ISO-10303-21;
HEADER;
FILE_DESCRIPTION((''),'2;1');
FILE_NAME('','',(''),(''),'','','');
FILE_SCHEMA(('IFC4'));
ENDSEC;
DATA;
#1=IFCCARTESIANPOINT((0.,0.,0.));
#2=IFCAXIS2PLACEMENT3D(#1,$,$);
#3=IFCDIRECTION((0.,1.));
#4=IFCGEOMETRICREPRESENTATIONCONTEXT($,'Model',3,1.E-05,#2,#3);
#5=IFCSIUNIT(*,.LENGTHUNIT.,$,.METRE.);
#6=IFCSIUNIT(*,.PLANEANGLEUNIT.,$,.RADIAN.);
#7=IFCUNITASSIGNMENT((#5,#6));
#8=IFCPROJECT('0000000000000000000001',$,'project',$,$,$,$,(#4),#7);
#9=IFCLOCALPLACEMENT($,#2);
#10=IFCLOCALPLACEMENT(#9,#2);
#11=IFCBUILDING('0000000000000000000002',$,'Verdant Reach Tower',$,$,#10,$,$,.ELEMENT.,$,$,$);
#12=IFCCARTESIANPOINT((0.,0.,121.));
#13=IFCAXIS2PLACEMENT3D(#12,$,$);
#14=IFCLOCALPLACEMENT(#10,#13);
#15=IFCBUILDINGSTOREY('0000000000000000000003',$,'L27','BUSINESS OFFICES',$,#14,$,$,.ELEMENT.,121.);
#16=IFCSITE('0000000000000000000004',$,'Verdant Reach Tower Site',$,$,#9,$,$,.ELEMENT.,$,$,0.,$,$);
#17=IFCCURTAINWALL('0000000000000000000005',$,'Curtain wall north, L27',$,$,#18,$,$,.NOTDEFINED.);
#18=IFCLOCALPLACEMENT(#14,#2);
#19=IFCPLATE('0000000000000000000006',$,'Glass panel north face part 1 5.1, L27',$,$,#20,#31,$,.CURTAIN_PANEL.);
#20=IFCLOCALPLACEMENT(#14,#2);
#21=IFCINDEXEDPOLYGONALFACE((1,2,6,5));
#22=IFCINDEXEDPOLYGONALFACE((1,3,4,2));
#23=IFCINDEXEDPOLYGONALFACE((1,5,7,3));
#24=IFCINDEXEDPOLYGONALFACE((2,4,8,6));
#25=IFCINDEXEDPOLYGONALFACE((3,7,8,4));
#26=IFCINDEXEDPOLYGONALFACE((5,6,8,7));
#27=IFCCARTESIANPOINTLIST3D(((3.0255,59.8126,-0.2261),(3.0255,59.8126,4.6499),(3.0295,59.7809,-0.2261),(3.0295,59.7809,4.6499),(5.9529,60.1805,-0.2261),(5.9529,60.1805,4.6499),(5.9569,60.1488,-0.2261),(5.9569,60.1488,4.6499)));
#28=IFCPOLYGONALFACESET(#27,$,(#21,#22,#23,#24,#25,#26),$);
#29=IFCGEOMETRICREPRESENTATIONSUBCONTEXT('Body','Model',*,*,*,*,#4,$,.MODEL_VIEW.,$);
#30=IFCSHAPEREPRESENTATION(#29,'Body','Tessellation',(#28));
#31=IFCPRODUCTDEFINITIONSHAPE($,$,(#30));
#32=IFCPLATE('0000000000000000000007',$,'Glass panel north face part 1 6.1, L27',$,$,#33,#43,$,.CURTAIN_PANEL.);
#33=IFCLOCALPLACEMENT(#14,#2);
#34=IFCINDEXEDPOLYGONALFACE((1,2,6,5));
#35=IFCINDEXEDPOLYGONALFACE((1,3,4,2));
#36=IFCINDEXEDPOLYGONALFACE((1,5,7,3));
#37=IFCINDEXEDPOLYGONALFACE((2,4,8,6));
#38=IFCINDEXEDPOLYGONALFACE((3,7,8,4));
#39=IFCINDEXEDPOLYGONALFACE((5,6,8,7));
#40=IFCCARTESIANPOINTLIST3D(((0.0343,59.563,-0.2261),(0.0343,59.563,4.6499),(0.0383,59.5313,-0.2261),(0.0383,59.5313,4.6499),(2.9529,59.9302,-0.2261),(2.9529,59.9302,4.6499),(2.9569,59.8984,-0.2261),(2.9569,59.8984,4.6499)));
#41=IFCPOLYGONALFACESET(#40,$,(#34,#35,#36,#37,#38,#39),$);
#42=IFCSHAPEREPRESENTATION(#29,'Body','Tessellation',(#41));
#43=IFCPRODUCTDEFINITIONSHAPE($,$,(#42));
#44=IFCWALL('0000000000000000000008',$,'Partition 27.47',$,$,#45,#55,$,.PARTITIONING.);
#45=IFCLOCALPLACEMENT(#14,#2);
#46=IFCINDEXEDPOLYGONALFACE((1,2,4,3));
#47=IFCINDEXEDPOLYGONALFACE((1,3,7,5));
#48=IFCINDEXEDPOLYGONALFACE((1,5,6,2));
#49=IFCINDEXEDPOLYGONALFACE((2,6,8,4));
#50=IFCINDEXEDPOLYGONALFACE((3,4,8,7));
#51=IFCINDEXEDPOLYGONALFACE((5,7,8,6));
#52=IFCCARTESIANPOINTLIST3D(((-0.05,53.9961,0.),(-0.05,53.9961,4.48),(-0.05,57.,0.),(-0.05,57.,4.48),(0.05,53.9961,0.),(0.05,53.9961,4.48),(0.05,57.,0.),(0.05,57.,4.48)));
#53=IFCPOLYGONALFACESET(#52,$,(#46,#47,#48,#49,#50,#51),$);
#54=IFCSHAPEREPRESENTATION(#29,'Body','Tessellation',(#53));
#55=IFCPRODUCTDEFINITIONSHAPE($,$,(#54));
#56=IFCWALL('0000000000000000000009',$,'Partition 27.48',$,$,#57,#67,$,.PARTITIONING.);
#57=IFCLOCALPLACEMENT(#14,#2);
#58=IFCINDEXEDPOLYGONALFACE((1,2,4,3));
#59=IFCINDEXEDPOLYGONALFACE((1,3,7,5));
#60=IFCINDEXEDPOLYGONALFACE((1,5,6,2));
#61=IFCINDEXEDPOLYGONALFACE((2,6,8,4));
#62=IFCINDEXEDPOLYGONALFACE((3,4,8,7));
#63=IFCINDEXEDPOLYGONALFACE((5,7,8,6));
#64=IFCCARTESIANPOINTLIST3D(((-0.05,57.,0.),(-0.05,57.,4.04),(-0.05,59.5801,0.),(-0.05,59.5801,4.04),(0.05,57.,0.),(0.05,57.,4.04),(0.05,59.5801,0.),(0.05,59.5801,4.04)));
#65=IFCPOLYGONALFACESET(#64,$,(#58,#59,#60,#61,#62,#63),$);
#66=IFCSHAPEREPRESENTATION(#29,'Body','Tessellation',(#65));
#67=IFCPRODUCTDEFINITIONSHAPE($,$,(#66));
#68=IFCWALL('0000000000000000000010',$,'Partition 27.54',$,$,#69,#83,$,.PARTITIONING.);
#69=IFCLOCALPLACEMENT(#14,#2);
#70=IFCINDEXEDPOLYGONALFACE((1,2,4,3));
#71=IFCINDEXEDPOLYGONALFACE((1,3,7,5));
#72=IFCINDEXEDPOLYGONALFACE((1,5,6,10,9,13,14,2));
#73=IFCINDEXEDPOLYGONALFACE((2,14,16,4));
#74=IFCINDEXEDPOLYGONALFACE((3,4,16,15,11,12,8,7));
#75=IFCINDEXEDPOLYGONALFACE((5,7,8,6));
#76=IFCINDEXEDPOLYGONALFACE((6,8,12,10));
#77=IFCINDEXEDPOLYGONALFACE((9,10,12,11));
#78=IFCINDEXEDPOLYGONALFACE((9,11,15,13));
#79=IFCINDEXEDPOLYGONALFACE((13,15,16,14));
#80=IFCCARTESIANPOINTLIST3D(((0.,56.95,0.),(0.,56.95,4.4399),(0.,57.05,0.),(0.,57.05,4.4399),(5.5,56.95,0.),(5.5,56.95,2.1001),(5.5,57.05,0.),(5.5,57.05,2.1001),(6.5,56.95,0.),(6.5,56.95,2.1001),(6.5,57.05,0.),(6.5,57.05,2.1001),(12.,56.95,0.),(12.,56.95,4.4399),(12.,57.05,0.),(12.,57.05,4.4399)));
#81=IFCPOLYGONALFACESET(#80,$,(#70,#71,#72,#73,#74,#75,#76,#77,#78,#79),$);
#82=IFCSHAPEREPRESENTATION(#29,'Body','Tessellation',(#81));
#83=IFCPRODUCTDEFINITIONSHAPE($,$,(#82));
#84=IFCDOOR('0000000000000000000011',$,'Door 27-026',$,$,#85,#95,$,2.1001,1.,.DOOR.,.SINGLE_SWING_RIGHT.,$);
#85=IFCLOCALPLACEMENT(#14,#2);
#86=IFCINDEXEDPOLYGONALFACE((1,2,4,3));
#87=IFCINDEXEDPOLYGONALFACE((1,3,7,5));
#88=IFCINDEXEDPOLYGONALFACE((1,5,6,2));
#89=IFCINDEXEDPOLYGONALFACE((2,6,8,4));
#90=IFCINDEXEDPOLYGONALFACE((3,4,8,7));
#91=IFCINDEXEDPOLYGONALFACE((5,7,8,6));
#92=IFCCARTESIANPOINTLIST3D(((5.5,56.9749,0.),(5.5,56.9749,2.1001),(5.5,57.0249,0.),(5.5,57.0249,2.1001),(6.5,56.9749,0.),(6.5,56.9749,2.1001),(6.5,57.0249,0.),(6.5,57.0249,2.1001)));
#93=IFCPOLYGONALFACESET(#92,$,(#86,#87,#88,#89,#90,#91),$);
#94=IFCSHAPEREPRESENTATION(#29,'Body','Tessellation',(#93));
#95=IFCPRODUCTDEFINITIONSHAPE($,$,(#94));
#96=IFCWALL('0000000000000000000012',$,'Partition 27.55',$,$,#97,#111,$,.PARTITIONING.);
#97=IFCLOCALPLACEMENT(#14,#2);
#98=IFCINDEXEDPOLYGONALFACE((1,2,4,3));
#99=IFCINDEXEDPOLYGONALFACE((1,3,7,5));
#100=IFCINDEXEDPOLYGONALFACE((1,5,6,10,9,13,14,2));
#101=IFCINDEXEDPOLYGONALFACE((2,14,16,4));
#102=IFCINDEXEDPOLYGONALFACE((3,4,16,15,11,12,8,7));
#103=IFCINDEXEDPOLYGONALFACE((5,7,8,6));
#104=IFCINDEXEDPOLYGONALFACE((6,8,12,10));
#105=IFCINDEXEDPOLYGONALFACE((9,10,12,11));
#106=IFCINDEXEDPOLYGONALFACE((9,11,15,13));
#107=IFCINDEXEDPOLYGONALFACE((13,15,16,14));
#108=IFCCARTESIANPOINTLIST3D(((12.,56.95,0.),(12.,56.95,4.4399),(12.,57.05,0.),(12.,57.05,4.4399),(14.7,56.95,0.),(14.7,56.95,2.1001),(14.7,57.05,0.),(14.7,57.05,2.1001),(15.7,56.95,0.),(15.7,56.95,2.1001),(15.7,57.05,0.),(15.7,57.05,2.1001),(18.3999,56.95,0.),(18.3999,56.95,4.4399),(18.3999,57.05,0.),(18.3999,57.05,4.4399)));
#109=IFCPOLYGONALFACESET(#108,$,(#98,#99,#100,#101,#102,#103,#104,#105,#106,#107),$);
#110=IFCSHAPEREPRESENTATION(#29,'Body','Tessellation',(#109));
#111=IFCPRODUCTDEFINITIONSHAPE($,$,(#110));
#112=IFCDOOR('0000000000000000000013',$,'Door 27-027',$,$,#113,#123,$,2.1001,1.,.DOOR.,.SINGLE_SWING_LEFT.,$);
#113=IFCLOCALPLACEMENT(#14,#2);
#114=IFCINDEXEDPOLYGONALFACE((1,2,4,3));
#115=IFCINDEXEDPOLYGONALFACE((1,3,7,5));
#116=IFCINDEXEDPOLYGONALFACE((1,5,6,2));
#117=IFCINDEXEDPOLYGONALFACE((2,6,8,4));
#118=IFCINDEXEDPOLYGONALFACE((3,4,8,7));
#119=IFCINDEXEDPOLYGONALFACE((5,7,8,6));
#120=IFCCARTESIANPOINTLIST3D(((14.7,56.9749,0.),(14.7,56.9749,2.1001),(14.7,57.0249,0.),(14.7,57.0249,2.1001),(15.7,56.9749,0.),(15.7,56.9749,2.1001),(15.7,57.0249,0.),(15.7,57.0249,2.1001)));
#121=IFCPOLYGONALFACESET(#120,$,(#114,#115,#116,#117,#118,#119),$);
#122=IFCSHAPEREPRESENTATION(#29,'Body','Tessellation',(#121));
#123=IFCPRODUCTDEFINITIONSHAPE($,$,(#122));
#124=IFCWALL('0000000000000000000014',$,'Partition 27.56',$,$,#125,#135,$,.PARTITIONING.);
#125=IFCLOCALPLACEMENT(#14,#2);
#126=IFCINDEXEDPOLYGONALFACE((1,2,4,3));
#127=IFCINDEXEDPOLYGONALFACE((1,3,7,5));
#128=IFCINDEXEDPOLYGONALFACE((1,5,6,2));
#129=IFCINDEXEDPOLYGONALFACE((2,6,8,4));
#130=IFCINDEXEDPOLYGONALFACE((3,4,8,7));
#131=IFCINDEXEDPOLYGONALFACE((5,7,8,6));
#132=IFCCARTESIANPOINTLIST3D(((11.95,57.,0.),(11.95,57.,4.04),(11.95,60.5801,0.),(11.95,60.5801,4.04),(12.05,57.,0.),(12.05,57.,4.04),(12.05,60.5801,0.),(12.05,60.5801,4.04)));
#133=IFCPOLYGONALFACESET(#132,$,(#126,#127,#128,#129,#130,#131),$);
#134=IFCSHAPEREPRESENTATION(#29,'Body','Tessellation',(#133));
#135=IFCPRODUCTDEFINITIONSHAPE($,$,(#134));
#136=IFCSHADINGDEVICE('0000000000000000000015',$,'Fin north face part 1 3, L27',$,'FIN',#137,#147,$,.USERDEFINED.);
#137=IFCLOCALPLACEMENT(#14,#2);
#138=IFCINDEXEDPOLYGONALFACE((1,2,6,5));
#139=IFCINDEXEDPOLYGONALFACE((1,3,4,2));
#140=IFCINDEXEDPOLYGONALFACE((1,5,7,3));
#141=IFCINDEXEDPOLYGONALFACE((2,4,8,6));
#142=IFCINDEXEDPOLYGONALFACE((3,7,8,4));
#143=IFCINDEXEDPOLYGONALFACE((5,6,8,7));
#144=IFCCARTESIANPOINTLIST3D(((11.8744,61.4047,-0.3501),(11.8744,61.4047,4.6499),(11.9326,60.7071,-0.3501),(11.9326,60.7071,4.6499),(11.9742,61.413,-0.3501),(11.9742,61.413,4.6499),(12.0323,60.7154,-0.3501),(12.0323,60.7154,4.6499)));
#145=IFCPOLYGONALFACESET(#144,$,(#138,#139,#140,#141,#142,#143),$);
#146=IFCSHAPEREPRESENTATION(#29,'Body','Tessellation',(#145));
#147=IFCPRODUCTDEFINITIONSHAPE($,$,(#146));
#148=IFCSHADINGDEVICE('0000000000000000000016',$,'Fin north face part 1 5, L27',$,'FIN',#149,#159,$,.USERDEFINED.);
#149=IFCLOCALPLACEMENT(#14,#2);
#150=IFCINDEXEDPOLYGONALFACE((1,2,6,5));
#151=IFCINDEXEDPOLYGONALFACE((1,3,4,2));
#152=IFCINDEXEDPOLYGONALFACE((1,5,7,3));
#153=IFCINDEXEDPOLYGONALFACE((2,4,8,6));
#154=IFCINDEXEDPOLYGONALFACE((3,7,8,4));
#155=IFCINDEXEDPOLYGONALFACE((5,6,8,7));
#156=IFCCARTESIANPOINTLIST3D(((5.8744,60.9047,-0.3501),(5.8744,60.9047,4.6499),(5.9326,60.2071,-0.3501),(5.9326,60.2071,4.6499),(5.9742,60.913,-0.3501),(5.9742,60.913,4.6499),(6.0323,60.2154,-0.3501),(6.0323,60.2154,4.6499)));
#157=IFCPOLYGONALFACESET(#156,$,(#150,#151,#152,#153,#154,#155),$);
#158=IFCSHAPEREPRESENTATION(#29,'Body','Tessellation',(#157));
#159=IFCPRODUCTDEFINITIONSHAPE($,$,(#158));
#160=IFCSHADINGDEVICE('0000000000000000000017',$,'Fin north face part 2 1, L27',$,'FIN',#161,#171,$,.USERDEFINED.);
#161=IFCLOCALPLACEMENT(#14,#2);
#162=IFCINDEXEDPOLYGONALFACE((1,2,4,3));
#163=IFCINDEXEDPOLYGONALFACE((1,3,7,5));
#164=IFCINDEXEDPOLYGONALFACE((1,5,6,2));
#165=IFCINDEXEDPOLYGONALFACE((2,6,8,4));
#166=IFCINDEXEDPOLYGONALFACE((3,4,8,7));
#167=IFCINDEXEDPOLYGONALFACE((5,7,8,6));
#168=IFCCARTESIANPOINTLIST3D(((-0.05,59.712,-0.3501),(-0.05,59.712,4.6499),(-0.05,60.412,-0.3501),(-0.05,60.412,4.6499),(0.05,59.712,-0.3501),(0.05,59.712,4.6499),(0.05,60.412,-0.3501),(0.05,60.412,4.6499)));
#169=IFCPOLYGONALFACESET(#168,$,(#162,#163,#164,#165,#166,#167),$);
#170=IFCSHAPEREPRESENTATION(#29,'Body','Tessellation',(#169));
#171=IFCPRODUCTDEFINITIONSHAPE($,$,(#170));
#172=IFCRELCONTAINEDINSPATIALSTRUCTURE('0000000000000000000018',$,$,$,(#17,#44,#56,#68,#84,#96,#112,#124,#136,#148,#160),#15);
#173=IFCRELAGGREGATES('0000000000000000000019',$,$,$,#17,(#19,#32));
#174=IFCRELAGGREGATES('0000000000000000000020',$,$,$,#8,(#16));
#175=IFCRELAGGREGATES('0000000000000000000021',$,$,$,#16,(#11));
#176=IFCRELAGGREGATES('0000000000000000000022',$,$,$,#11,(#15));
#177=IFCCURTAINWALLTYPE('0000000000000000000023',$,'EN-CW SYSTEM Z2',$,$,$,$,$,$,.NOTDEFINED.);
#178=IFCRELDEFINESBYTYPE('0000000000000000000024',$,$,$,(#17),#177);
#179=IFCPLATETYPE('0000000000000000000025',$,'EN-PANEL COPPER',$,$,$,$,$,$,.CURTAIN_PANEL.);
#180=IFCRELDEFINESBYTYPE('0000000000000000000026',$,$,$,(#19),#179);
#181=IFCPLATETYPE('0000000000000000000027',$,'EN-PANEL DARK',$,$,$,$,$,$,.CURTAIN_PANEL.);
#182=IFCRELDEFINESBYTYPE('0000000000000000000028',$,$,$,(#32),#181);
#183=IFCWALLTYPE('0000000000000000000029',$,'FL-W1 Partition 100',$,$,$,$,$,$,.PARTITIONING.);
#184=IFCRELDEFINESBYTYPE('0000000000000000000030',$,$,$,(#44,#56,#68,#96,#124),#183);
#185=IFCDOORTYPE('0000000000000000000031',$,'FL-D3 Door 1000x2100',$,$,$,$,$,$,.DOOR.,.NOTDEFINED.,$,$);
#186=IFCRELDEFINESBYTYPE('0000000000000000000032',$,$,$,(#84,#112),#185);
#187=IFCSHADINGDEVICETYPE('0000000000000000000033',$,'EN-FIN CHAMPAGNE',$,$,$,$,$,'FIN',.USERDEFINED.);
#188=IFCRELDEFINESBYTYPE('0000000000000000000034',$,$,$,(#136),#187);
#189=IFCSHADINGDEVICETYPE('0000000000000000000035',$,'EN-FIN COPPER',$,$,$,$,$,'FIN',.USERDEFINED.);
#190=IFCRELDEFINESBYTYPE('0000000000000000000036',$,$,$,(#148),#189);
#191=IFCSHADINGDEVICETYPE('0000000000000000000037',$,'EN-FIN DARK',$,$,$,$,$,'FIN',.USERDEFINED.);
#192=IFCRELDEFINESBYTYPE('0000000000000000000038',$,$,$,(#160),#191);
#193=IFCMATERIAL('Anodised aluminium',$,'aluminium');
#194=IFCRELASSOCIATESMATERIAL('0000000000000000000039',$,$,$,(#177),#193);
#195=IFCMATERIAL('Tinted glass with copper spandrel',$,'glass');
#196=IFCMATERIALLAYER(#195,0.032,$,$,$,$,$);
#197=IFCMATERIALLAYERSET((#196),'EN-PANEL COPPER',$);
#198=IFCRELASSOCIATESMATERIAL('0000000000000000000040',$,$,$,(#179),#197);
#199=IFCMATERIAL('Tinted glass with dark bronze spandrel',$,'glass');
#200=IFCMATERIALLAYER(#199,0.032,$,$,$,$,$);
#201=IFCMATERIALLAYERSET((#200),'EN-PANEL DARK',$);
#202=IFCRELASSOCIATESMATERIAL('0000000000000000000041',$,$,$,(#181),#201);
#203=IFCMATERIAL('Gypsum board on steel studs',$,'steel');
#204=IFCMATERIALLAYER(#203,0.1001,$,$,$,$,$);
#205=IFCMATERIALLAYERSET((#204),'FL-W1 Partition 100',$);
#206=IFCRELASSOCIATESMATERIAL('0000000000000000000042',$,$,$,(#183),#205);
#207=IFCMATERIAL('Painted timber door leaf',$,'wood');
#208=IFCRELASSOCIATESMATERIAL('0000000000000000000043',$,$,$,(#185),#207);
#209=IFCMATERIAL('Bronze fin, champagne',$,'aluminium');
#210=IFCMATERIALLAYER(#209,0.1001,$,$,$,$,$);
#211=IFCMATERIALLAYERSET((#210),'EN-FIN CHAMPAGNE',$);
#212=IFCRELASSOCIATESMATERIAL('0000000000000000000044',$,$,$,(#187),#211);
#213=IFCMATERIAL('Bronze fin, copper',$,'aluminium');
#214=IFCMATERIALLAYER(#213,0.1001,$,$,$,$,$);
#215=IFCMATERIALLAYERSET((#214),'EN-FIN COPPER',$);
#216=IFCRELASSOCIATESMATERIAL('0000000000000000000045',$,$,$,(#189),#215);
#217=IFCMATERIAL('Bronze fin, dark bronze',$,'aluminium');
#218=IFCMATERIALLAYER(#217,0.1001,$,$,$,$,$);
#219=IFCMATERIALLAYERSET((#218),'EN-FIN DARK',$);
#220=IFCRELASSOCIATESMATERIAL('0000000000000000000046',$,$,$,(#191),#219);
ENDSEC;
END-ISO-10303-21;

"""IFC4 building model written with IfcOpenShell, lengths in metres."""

from ifc_helpers import new_model, si_unit, direction, frame, frame_2d, origin, origin_2d, place, context, subcontext, project, spatial, rectangle, extrude, material, layer, layer_set, type_object, element, fill, aggregate, save


model = new_model("IFC4")

# Units and contexts
model_context = context("Model", 3, precision=1e-05, world=origin(), true_north=direction((0.0, 1.0)))
body_context = subcontext(model_context, "Body", "Model", "MODEL_VIEW")
ifc_project = project(units=[si_unit("LENGTHUNIT", "METRE"), si_unit("PLANEANGLEUNIT", "RADIAN")], contexts=[model_context])

# Site, building, storey
site_placement = place(None, origin())
site = spatial("IfcSite", under=ifc_project, at=site_placement, Name="Verdant Reach Tower Site", CompositionType="ELEMENT", RefElevation=0.0)
building_placement = place(site_placement, origin())
building = spatial("IfcBuilding", under=site, at=building_placement, Name="Verdant Reach Tower", CompositionType="ELEMENT")
storey_placement = place(building_placement, frame((0.0, 0.0, 121.0)))
storey = spatial("IfcBuildingStorey", under=building, at=storey_placement, Name="L27", Description="BUSINESS OFFICES", CompositionType="ELEMENT", Elevation=121.0)

# Curtain wall
ifc_material_1 = material(Name="Anodised aluminium", Category="aluminium")
curtain_wall_type = type_object("IfcCurtainWallType", Name="EN-CW SYSTEM Z2", PredefinedType="NOTDEFINED", material=ifc_material_1)
curtain_wall_placement = place(storey_placement, origin())
curtain_wall = element("IfcCurtainWall", 1, at=curtain_wall_placement, inside=storey, type_object=curtain_wall_type, Name="Curtain wall north, L27", PredefinedType="NOTDEFINED")

# Plates
ifc_material_2 = material(Name="Tinted glass with copper spandrel", Category="glass")
ifc_layer_1 = layer(ifc_material_2, 0.032)
ifc_layer_set_1 = layer_set([ifc_layer_1], Name="EN-PANEL COPPER")
plate_type_1 = type_object("IfcPlateType", Name="EN-PANEL COPPER", PredefinedType="CURTAIN_PANEL", material=ifc_layer_set_1)
plate_1_placement = place(storey_placement, frame((4.4912, 59.9807, -0.2261), z_axis=(0.0, 0.0, 1.0), x_axis=(-0.992194, -0.124704, 0.0)))
plate_1 = element("IfcPlate", 2, at=plate_1_placement, type_object=plate_type_1, Name="Glass panel north face part 1 5.1, L27", PredefinedType="CURTAIN_PANEL", context=body_context, shape_type="SweptSolid", body=[
    extrude(rectangle(XDim=2.9504, YDim=0.032, at=origin_2d()), origin(), (0.0, 0.0, 1.0), 4.876),
])
ifc_material_3 = material(Name="Tinted glass with dark bronze spandrel", Category="glass")
ifc_layer_2 = layer(ifc_material_3, 0.032)
ifc_layer_set_2 = layer_set([ifc_layer_2], Name="EN-PANEL DARK")
plate_type_2 = type_object("IfcPlateType", Name="EN-PANEL DARK", PredefinedType="CURTAIN_PANEL", material=ifc_layer_set_2)
plate_2_placement = place(storey_placement, frame((1.4956, 59.7307, -0.2261), z_axis=(0.0, 0.0, 1.0), x_axis=(-0.992179, -0.124825, 0.0)))
plate_2 = element("IfcPlate", 3, at=plate_2_placement, type_object=plate_type_2, Name="Glass panel north face part 1 6.1, L27", PredefinedType="CURTAIN_PANEL", context=body_context, shape_type="SweptSolid", body=[
    extrude(rectangle(XDim=2.9417, YDim=0.032, at=origin_2d()), origin(), (0.0, 0.0, 1.0), 4.876),
])
aggregate(curtain_wall, [plate_1, plate_2])

# Walls
ifc_material_4 = material(Name="Gypsum board on steel studs", Category="steel")
ifc_layer_3 = layer(ifc_material_4, 0.1001)
ifc_layer_set_3 = layer_set([ifc_layer_3], Name="FL-W1 Partition 100")
wall_type = type_object("IfcWallType", Name="FL-W1 Partition 100", PredefinedType="PARTITIONING", material=ifc_layer_set_3)
wall_1_placement = place(storey_placement, frame((0.0, 53.9961, 0.0), z_axis=(0.0, 0.0, 1.0), x_axis=(0.0, 1.0, 0.0)))
element("IfcWall", 4, at=wall_1_placement, inside=storey, type_object=wall_type, Name="Partition 27.47", PredefinedType="PARTITIONING", context=body_context, shape_type="SweptSolid", body=[
    extrude(rectangle(XDim=3.0039, YDim=0.1001, at=frame_2d((1.502, 0.0))), origin(), (0.0, 0.0, 1.0), 4.48),
])
wall_2_placement = place(storey_placement, frame((0.0, 57.0, 0.0), z_axis=(0.0, 0.0, 1.0), x_axis=(0.0, 1.0, 0.0)))
element("IfcWall", 5, at=wall_2_placement, inside=storey, type_object=wall_type, Name="Partition 27.48", PredefinedType="PARTITIONING", context=body_context, shape_type="SweptSolid", body=[
    extrude(rectangle(XDim=2.5801, YDim=0.1001, at=frame_2d((1.29, 0.0))), origin(), (0.0, 0.0, 1.0), 4.04),
])

# Walls, openings, doors
wall_3_placement = place(storey_placement, frame((0.0, 57.0, 0.0), z_axis=(0.0, 0.0, 1.0), x_axis=(1.0, 0.0, 0.0)))
wall_3 = element("IfcWall", 6, at=wall_3_placement, inside=storey, type_object=wall_type, Name="Partition 27.54", PredefinedType="PARTITIONING", context=body_context, shape_type="SweptSolid", body=[
    extrude(rectangle(XDim=12.0, YDim=0.1001, at=frame_2d((6.0, 0.0))), origin(), (0.0, 0.0, 1.0), 4.4399),
])
opening_1_placement = place(wall_3_placement, frame((5.5, 0.0, 0.0)))
opening_1 = element("IfcOpeningElement", 7, at=opening_1_placement, cuts=wall_3, PredefinedType="OPENING", context=body_context, shape_type="SweptSolid", body=[
    extrude(rectangle(XDim=1.0, YDim=2.1001, at=frame_2d((0.5, 1.05))), frame((0.0, 0.0601, 0.0), z_axis=(0.0, -1.0, 0.0), x_axis=(1.0, 0.0, 0.0)), (0.0, 0.0, 1.0), 0.1201),
])
ifc_material_5 = material(Name="Painted timber door leaf", Category="wood")
door_type = type_object("IfcDoorType", Name="FL-D3 Door 1000x2100", OperationType="NOTDEFINED", PredefinedType="DOOR", material=ifc_material_5)
door_1_placement = place(opening_1_placement, origin())
door_1 = element("IfcDoor", 8, at=door_1_placement, inside=storey, type_object=door_type, Name="Door 27-026", OperationType="SINGLE_SWING_RIGHT", OverallHeight=2.1001, OverallWidth=1.0, PredefinedType="DOOR", context=body_context, shape_type="SweptSolid", body=[
    extrude(rectangle(XDim=1.0, YDim=2.1001, at=frame_2d((0.5, 1.05))), frame((0.0, 0.0249, 0.0), z_axis=(0.0, -1.0, 0.0), x_axis=(1.0, 0.0, 0.0)), (0.0, 0.0, 1.0), 0.05),
])
fill(opening_1, door_1)
wall_4_placement = place(storey_placement, frame((12.0, 57.0, 0.0), z_axis=(0.0, 0.0, 1.0), x_axis=(1.0, 0.0, 0.0)))
wall_4 = element("IfcWall", 9, at=wall_4_placement, inside=storey, type_object=wall_type, Name="Partition 27.55", PredefinedType="PARTITIONING", context=body_context, shape_type="SweptSolid", body=[
    extrude(rectangle(XDim=6.3999, YDim=0.1001, at=frame_2d((3.2, 0.0))), origin(), (0.0, 0.0, 1.0), 4.4399),
])
opening_2_placement = place(wall_4_placement, frame((2.7, 0.0, 0.0)))
opening_2 = element("IfcOpeningElement", 10, at=opening_2_placement, cuts=wall_4, PredefinedType="OPENING", context=body_context, shape_type="SweptSolid", body=[
    extrude(rectangle(XDim=1.0, YDim=2.1001, at=frame_2d((0.5, 1.05))), frame((0.0, 0.0601, 0.0), z_axis=(0.0, -1.0, 0.0), x_axis=(1.0, 0.0, 0.0)), (0.0, 0.0, 1.0), 0.1201),
])
door_2_placement = place(opening_2_placement, origin())
door_2 = element("IfcDoor", 11, at=door_2_placement, inside=storey, type_object=door_type, Name="Door 27-027", OperationType="SINGLE_SWING_LEFT", OverallHeight=2.1001, OverallWidth=1.0, PredefinedType="DOOR", context=body_context, shape_type="SweptSolid", body=[
    extrude(rectangle(XDim=1.0, YDim=2.1001, at=frame_2d((0.5, 1.05))), frame((0.0, 0.0249, 0.0), z_axis=(0.0, -1.0, 0.0), x_axis=(1.0, 0.0, 0.0)), (0.0, 0.0, 1.0), 0.05),
])
fill(opening_2, door_2)

# Wall
wall_5_placement = place(storey_placement, frame((12.0, 57.0, 0.0), z_axis=(0.0, 0.0, 1.0), x_axis=(0.0, 1.0, 0.0)))
element("IfcWall", 12, at=wall_5_placement, inside=storey, type_object=wall_type, Name="Partition 27.56", PredefinedType="PARTITIONING", context=body_context, shape_type="SweptSolid", body=[
    extrude(rectangle(XDim=3.5801, YDim=0.1001, at=frame_2d((1.79, 0.0))), origin(), (0.0, 0.0, 1.0), 4.04),
])

# Shading devices
ifc_material_6 = material(Name="Bronze fin, champagne", Category="aluminium")
ifc_layer_4 = layer(ifc_material_6, 0.1001)
ifc_layer_set_4 = layer_set([ifc_layer_4], Name="EN-FIN CHAMPAGNE")
shading_device_type_1 = type_object("IfcShadingDeviceType", Name="EN-FIN CHAMPAGNE", ElementType="FIN", PredefinedType="USERDEFINED", material=ifc_layer_set_4)
shading_device_1_placement = place(storey_placement, frame((11.9534, 61.0601, -0.3501), z_axis=(0.0, 0.0, 1.0), x_axis=(-0.996546, -0.083045, 0.0)))
element("IfcShadingDevice", 13, at=shading_device_1_placement, inside=storey, type_object=shading_device_type_1, Name="Fin north face part 1 3, L27", ObjectType="FIN", PredefinedType="USERDEFINED", context=body_context, shape_type="SweptSolid", body=[
    extrude(rectangle(XDim=0.1001, YDim=0.7, at=origin_2d()), origin(), (0.0, 0.0, 1.0), 5.0),
])
ifc_material_7 = material(Name="Bronze fin, copper", Category="aluminium")
ifc_layer_5 = layer(ifc_material_7, 0.1001)
ifc_layer_set_5 = layer_set([ifc_layer_5], Name="EN-FIN COPPER")
shading_device_type_2 = type_object("IfcShadingDeviceType", Name="EN-FIN COPPER", ElementType="FIN", PredefinedType="USERDEFINED", material=ifc_layer_set_5)
shading_device_2_placement = place(storey_placement, frame((5.9534, 60.5601, -0.3501), z_axis=(0.0, 0.0, 1.0), x_axis=(-0.996546, -0.083045, 0.0)))
element("IfcShadingDevice", 14, at=shading_device_2_placement, inside=storey, type_object=shading_device_type_2, Name="Fin north face part 1 5, L27", ObjectType="FIN", PredefinedType="USERDEFINED", context=body_context, shape_type="SweptSolid", body=[
    extrude(rectangle(XDim=0.1001, YDim=0.7, at=origin_2d()), origin(), (0.0, 0.0, 1.0), 5.0),
])
ifc_material_8 = material(Name="Bronze fin, dark bronze", Category="aluminium")
ifc_layer_6 = layer(ifc_material_8, 0.1001)
ifc_layer_set_6 = layer_set([ifc_layer_6], Name="EN-FIN DARK")
shading_device_type_3 = type_object("IfcShadingDeviceType", Name="EN-FIN DARK", ElementType="FIN", PredefinedType="USERDEFINED", material=ifc_layer_set_6)
shading_device_3_placement = place(storey_placement, frame((0.0, 60.062, -0.3501), z_axis=(0.0, 0.0, 1.0), x_axis=(-1.0, 0.0, 0.0)))
element("IfcShadingDevice", 15, at=shading_device_3_placement, inside=storey, type_object=shading_device_type_3, Name="Fin north face part 2 1, L27", ObjectType="FIN", PredefinedType="USERDEFINED", context=body_context, shape_type="SweptSolid", body=[
    extrude(rectangle(XDim=0.1001, YDim=0.7, at=origin_2d()), origin(), (0.0, 0.0, 1.0), 5.0),
])

save(model, "model.ifc")
